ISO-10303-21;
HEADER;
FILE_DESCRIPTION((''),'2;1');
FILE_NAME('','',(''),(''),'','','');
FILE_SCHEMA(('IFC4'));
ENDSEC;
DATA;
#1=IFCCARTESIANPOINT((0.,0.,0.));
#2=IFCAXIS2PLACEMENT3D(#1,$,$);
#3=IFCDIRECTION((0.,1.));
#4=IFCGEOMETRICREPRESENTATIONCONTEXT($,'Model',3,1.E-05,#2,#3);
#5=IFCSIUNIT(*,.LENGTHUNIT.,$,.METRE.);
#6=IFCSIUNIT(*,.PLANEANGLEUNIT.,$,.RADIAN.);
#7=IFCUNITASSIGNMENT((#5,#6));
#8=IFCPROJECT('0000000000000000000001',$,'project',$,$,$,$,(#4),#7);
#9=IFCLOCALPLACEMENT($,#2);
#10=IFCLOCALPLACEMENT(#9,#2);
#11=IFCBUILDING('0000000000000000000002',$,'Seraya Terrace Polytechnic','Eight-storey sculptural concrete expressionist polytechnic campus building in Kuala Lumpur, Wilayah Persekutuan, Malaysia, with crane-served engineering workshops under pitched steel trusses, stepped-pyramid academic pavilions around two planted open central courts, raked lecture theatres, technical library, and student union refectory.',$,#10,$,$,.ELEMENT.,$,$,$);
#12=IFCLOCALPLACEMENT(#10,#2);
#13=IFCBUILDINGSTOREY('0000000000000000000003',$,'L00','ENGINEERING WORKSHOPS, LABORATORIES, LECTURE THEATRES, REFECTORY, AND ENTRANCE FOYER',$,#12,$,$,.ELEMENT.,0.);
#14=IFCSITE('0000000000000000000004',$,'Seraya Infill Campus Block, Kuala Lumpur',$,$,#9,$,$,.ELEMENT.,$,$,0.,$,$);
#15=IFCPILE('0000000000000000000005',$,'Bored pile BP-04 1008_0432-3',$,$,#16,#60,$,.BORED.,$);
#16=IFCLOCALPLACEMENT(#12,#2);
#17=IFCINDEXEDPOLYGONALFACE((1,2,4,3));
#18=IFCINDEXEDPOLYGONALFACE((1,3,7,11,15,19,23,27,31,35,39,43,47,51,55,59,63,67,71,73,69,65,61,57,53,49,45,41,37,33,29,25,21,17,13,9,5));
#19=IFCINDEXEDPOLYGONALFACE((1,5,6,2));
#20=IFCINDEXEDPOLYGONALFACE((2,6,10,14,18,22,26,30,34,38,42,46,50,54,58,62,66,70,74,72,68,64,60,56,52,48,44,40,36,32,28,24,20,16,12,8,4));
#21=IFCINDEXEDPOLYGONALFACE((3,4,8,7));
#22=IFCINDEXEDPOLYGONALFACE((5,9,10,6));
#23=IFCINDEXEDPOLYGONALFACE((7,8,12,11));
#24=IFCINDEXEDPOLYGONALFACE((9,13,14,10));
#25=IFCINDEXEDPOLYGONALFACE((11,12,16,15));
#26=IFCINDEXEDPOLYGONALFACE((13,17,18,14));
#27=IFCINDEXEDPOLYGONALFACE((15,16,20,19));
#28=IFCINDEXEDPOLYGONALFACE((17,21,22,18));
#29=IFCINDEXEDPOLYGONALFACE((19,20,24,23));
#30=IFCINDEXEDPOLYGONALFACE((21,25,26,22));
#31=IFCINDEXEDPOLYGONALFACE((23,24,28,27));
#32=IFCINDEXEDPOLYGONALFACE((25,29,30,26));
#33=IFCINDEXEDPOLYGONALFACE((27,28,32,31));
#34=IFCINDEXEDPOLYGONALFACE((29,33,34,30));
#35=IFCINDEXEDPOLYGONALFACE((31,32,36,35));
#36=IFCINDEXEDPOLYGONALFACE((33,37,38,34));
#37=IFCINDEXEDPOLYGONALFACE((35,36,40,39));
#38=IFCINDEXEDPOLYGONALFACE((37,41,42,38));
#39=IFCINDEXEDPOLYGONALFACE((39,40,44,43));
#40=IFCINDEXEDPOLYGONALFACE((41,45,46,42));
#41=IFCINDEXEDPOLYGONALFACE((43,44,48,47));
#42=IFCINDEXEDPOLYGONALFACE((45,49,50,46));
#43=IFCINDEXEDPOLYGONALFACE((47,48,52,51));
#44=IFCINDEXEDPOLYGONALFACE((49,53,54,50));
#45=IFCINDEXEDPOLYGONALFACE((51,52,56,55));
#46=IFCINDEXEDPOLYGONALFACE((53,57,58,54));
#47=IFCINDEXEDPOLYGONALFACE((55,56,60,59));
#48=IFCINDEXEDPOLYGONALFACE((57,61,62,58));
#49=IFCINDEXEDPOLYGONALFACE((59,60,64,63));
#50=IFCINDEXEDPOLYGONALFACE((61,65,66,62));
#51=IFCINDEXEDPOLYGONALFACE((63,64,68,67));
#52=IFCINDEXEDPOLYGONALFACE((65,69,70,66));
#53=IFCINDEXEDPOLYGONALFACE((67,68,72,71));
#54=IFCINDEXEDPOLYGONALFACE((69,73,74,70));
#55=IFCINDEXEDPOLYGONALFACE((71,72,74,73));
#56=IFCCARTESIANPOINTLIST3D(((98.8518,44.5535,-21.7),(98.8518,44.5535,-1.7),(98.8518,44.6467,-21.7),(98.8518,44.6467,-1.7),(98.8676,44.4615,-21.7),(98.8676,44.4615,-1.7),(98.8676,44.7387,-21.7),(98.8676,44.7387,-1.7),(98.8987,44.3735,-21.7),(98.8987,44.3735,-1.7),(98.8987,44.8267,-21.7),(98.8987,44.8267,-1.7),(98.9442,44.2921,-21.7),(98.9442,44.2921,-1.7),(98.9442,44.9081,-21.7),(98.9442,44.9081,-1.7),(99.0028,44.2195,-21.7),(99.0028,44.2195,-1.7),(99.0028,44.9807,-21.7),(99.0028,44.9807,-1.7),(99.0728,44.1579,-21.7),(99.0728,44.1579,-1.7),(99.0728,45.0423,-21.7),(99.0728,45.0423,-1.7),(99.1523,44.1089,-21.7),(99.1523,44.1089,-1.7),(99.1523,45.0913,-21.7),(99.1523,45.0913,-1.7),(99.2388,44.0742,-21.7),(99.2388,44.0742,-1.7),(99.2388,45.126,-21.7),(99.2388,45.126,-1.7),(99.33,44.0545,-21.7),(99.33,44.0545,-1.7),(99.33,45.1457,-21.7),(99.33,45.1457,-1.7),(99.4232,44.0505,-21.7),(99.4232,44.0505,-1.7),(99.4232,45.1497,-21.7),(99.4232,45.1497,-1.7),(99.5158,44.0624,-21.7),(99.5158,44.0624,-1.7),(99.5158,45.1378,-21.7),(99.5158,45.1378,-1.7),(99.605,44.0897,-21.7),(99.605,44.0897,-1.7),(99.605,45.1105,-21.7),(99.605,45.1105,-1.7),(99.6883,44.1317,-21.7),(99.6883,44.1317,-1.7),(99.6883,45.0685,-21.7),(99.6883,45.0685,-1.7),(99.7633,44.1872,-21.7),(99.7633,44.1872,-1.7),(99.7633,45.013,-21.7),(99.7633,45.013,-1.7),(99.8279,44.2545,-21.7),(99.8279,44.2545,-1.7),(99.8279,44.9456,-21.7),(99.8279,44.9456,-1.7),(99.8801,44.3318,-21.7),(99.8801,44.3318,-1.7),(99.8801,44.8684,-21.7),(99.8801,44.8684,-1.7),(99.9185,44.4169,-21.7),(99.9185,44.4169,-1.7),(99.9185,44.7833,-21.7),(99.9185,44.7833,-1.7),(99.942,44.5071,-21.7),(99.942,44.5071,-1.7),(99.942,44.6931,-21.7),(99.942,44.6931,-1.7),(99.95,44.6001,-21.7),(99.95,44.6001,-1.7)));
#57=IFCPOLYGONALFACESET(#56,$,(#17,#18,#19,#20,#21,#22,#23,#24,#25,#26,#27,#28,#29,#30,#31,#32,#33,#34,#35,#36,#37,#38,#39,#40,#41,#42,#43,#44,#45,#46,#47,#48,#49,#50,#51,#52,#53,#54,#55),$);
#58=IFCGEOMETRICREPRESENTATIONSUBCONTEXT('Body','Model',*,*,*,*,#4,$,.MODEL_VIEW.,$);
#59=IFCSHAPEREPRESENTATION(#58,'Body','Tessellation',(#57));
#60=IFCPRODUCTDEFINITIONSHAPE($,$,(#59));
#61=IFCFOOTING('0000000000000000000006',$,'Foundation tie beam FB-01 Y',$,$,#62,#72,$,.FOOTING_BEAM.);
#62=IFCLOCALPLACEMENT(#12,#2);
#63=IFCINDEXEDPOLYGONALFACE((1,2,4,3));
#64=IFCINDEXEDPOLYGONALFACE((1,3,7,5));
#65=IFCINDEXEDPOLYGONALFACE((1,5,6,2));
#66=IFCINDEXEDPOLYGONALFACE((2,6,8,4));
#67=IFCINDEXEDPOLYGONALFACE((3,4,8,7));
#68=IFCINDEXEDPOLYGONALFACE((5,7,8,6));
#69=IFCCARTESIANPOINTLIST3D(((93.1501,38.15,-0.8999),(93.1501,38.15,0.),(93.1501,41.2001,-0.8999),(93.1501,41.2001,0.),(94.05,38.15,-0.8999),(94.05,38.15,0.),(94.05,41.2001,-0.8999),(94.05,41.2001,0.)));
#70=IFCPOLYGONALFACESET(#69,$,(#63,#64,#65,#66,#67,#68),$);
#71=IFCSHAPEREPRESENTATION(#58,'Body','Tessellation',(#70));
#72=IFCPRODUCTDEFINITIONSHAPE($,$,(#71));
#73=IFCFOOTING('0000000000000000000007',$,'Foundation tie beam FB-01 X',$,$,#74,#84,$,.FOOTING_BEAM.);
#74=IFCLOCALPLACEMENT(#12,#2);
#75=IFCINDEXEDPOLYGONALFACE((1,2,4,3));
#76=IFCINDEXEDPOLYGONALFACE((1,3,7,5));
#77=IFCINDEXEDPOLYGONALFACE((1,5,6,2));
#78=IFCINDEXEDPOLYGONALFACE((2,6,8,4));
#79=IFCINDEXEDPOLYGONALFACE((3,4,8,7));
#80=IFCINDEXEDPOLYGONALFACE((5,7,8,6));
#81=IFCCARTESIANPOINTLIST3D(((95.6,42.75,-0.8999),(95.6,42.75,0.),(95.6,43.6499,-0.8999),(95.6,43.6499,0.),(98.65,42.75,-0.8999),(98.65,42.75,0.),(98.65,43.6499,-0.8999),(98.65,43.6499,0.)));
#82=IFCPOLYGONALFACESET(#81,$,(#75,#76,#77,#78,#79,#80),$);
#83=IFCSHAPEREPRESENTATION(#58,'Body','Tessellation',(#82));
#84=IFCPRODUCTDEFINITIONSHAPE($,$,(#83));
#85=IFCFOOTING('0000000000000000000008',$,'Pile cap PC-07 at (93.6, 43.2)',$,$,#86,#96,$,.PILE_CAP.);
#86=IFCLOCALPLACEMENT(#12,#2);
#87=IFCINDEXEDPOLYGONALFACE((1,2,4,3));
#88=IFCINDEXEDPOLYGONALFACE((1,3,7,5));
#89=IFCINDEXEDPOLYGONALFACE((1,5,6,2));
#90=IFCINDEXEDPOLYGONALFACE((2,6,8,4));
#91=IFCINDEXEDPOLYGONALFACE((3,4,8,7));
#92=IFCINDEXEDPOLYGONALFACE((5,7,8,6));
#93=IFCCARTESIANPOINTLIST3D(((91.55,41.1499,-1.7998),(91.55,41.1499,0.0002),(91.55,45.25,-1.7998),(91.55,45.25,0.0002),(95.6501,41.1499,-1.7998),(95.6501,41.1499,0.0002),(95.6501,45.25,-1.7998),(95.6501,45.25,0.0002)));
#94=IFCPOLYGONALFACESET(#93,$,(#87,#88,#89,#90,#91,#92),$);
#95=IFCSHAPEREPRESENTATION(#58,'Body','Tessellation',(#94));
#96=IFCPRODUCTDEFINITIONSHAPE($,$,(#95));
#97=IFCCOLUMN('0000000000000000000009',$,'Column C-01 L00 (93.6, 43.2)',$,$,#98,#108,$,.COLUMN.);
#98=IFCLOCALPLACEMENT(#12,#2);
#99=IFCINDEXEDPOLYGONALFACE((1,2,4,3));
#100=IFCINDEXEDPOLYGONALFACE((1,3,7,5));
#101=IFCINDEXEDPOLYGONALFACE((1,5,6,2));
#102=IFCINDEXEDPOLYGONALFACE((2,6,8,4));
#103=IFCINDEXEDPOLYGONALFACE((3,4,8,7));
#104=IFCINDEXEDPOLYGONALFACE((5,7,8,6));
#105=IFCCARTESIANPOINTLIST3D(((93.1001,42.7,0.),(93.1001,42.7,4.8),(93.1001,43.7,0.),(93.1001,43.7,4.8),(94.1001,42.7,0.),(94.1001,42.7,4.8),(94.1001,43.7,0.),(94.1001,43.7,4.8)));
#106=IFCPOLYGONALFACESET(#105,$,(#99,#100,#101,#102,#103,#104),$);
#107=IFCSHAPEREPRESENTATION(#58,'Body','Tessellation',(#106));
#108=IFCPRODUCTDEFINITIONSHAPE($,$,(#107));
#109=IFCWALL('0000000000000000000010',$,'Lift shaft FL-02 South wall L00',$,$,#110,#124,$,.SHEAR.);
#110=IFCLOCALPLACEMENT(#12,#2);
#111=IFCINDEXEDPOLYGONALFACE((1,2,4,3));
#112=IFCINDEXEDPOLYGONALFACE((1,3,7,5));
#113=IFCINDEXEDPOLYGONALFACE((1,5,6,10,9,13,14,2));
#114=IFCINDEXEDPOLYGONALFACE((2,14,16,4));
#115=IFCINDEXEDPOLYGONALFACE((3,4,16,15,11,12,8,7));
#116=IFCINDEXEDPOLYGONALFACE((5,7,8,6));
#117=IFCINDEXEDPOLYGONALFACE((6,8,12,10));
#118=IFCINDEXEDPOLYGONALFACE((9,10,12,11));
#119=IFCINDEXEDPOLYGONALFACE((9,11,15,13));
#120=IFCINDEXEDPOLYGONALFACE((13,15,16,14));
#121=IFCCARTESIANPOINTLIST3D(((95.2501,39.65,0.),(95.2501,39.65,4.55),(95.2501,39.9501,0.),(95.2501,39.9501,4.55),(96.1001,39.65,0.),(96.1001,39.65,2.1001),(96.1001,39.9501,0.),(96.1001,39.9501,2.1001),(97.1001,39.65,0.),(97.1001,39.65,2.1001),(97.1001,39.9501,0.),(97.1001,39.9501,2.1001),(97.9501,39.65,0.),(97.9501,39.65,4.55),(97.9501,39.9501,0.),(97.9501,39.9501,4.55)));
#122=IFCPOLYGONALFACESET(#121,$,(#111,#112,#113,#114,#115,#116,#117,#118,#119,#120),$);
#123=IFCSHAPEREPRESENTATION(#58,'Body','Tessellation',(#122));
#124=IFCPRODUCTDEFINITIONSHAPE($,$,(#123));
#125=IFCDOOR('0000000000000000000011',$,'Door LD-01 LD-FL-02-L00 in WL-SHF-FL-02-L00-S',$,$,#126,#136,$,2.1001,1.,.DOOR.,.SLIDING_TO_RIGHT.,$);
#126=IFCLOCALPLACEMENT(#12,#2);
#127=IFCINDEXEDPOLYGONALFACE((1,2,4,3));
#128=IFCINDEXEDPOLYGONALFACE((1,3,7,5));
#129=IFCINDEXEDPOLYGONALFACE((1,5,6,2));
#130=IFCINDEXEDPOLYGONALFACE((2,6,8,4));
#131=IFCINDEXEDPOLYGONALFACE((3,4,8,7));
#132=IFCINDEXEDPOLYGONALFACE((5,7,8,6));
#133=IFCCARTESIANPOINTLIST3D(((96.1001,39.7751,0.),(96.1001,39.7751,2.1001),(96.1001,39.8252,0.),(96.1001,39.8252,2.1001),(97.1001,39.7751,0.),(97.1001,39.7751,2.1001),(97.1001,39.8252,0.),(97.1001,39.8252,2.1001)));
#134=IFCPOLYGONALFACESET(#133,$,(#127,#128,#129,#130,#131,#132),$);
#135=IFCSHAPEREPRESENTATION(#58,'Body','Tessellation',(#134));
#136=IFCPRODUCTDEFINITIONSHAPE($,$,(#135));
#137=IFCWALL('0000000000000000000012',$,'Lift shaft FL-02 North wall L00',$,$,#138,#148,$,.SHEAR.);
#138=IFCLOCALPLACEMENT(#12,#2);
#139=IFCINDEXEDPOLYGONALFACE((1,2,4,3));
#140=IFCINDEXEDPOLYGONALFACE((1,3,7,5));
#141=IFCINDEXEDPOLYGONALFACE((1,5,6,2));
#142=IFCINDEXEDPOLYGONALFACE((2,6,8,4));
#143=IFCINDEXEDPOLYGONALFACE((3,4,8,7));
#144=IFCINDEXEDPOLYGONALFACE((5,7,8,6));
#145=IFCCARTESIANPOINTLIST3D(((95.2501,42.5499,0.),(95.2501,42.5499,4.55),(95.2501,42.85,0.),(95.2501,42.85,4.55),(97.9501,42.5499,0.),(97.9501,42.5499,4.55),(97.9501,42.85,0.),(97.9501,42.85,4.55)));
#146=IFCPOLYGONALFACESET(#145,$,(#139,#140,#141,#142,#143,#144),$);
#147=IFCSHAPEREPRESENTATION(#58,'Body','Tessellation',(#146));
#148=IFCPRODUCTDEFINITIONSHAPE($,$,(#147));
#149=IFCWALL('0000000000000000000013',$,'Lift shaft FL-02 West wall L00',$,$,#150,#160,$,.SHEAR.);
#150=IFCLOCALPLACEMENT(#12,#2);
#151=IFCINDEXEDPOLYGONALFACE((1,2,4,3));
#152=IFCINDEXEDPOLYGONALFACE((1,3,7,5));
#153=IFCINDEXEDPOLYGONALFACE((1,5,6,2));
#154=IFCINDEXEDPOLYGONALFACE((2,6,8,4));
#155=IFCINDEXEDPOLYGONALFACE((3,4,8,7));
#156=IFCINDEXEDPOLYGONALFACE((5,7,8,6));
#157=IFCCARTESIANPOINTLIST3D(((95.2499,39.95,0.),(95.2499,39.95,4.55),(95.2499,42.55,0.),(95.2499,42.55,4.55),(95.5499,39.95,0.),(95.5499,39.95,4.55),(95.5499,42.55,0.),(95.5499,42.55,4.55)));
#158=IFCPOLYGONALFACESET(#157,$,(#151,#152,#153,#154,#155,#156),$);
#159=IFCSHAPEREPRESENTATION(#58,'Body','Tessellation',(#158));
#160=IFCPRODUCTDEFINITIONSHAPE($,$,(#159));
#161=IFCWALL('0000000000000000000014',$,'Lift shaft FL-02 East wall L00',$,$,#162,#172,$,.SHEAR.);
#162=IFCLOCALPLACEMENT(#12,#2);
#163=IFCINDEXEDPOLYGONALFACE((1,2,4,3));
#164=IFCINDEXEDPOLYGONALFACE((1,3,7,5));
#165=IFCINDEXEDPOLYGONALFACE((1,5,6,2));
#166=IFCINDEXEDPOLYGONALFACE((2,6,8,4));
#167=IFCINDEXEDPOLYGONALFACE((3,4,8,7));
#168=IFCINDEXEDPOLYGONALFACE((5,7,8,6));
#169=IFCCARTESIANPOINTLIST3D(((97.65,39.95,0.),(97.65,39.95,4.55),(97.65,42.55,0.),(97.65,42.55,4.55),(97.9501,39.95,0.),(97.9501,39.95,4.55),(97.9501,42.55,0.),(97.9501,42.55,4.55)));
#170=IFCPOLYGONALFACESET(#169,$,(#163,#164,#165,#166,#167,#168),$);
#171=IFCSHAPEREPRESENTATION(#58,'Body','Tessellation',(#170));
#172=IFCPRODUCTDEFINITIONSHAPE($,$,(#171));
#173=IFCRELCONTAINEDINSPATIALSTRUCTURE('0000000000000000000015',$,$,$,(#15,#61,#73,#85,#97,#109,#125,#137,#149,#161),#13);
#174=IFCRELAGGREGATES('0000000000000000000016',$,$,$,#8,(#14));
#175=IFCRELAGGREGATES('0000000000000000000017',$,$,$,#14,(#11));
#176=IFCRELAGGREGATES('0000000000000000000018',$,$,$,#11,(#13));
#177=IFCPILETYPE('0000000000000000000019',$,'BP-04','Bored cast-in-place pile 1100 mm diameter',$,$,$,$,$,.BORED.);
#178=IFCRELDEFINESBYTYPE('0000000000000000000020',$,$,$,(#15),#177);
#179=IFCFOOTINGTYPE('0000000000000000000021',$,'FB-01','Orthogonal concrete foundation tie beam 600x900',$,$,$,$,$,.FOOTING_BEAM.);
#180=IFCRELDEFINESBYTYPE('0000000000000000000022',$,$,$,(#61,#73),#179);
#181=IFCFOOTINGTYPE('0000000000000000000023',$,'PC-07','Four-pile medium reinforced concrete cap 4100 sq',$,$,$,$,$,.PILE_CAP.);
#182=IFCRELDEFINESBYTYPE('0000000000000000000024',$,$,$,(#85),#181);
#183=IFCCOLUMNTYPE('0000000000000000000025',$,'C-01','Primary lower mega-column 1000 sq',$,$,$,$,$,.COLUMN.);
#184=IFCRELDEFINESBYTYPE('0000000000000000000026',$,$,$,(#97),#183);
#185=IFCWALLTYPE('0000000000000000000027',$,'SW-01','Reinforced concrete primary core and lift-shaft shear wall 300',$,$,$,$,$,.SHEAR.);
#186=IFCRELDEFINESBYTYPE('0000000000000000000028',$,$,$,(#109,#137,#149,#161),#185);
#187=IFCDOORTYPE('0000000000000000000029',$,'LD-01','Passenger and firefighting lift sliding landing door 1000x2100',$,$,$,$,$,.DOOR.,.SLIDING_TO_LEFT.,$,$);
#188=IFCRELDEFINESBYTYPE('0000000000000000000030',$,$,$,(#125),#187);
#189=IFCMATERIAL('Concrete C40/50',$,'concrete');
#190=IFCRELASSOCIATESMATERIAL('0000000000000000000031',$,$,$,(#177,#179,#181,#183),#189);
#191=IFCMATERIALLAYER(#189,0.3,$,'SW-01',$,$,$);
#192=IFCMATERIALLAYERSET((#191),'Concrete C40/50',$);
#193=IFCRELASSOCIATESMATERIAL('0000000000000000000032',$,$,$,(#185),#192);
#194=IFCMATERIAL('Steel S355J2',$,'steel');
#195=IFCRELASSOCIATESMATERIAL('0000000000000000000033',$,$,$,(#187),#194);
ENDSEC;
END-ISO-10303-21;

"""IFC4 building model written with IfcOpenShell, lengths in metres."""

from ifc_helpers import new_model, si_unit, direction, frame, frame_2d, origin, origin_2d, place, context, subcontext, project, spatial, rectangle, circle, extrude, material, layer, layer_set, material_profile, profile_set, type_object, element, fill, save


model = new_model("IFC4")

# Units and contexts
model_context = context("Model", 3, precision=1e-05, world=origin(), true_north=direction((0.0, 1.0)))
body_context = subcontext(model_context, "Body", "Model", "MODEL_VIEW")
ifc_project = project(units=[si_unit("LENGTHUNIT", "METRE"), si_unit("PLANEANGLEUNIT", "RADIAN")], contexts=[model_context])

# Site, building, storey
site_placement = place(None, origin())
site = spatial("IfcSite", under=ifc_project, at=site_placement, Name="Seraya Infill Campus Block, Kuala Lumpur", CompositionType="ELEMENT", RefElevation=0.0)
building_placement = place(site_placement, origin())
building = spatial("IfcBuilding", under=site, at=building_placement, Name="Seraya Terrace Polytechnic", Description="Eight-storey sculptural concrete expressionist polytechnic campus building in Kuala Lumpur, Wilayah Persekutuan, Malaysia, with crane-served engineering workshops under pitched steel trusses, stepped-pyramid academic pavilions around two planted open central courts, raked lecture theatres, technical library, and student union refectory.", CompositionType="ELEMENT")
storey_placement = place(building_placement, origin())
storey = spatial("IfcBuildingStorey", under=building, at=storey_placement, Name="L00", Description="ENGINEERING WORKSHOPS, LABORATORIES, LECTURE THEATRES, REFECTORY, AND ENTRANCE FOYER", CompositionType="ELEMENT", Elevation=0.0)

# Pile
ifc_material_1 = material(Name="Concrete C40/50", Category="concrete")
ifc_material_profile_1 = material_profile(ifc_material_1, circle(Radius=0.55, at=origin_2d()), Name="DIA 1100")
ifc_profile_set_1 = profile_set([ifc_material_profile_1], Name="Concrete C40/50")
pile_type_1 = type_object("IfcPileType", Name="BP-04", Description="Bored cast-in-place pile 1100 mm diameter", PredefinedType="BORED", material=ifc_profile_set_1)
for number, where, z_axis, x_axis, name in (
    (1, (99.3999, 44.6001, -1.7), (0.0, 0.0, -1.0), (1.0, 0.0, 0.0), "Bored pile BP-04 1008_0432-3"),
):
    element("IfcPile", number, at=place(storey_placement, frame(where, z_axis=z_axis, x_axis=x_axis)), inside=storey, type_object=pile_type_1, Name=name, PredefinedType="BORED", context=body_context, shape_type="SweptSolid", body=[
        extrude(circle(Radius=0.55, at=origin_2d()), origin(), (0.0, 0.0, 1.0), 20.0),
    ])

# Footings
footing_type_1 = type_object("IfcFootingType", Name="FB-01", Description="Orthogonal concrete foundation tie beam 600x900", PredefinedType="FOOTING_BEAM", material=ifc_material_1)
for number, where, z_axis, x_axis, name in (
    (2, (93.6001, 39.675, -0.8999), (0.0, 0.0, 1.0), (0.0, 1.0, 0.0), "Foundation tie beam FB-01 Y"),
    (3, (97.125, 43.2, -0.8999), (0.0, 0.0, 1.0), (1.0, 0.0, 0.0), "Foundation tie beam FB-01 X"),
):
    element("IfcFooting", number, at=place(storey_placement, frame(where, z_axis=z_axis, x_axis=x_axis)), inside=storey, type_object=footing_type_1, Name=name, PredefinedType="FOOTING_BEAM", context=body_context, shape_type="SweptSolid", body=[
        extrude(rectangle(XDim=3.05, YDim=0.8999, at=origin_2d()), origin(), (0.0, 0.0, 1.0), 0.8999),
    ])
footing_type_2 = type_object("IfcFootingType", Name="PC-07", Description="Four-pile medium reinforced concrete cap 4100 sq", PredefinedType="PILE_CAP", material=ifc_material_1)
footing_placement = place(storey_placement, frame((93.6001, 43.2, -1.7998), z_axis=(0.0, 0.0, 1.0), x_axis=(1.0, 0.0, 0.0)))
element("IfcFooting", 4, at=footing_placement, inside=storey, type_object=footing_type_2, Name="Pile cap PC-07 at (93.6, 43.2)", PredefinedType="PILE_CAP", context=body_context, shape_type="SweptSolid", body=[
    extrude(rectangle(XDim=4.1001, YDim=4.1001, at=origin_2d()), origin(), (0.0, 0.0, 1.0), 1.8),
])

# Column
ifc_material_profile_2 = material_profile(ifc_material_1, rectangle(XDim=1.0, YDim=1.0, at=origin_2d()), Name="RC 1000x1000")
ifc_profile_set_2 = profile_set([ifc_material_profile_2], Name="Concrete C40/50")
column_type = type_object("IfcColumnType", Name="C-01", Description="Primary lower mega-column 1000 sq", PredefinedType="COLUMN", material=ifc_profile_set_2)
column_placement = place(storey_placement, frame((93.6001, 43.2, 0.0), z_axis=(0.0, 0.0, 1.0), x_axis=(1.0, 0.0, 0.0)))
element("IfcColumn", 5, at=column_placement, inside=storey, type_object=column_type, Name="Column C-01 L00 (93.6, 43.2)", PredefinedType="COLUMN", context=body_context, shape_type="SweptSolid", body=[
    extrude(rectangle(XDim=1.0, YDim=1.0, at=origin_2d()), origin(), (0.0, 0.0, 1.0), 4.8),
])

# Wall, opening, door
ifc_layer_1 = layer(ifc_material_1, 0.3, Name="SW-01")
ifc_layer_set_1 = layer_set([ifc_layer_1], Name="Concrete C40/50")
wall_type_1 = type_object("IfcWallType", Name="SW-01", Description="Reinforced concrete primary core and lift-shaft shear wall 300", PredefinedType="SHEAR", material=ifc_layer_set_1)
wall_1_placement = place(storey_placement, frame((95.25, 39.8, 0.0), z_axis=(0.0, 0.0, 1.0), x_axis=(1.0, 0.0, 0.0)))
wall_1 = element("IfcWall", 6, at=wall_1_placement, inside=storey, type_object=wall_type_1, Name="Lift shaft FL-02 South wall L00", PredefinedType="SHEAR", context=body_context, shape_type="SweptSolid", body=[
    extrude(rectangle(XDim=2.7, YDim=0.3, at=frame_2d((1.3501, 0.0))), origin(), (0.0, 0.0, 1.0), 4.55),
])
opening_1_placement = place(wall_1_placement, frame((0.8501, 0.0, 0.0)))
opening_1 = element("IfcOpeningElement", 7, at=opening_1_placement, cuts=wall_1, PredefinedType="OPENING", context=body_context, shape_type="SweptSolid", body=[
    extrude(rectangle(XDim=1.0, YDim=2.1001, at=frame_2d((0.5, 1.05))), frame((0.0, 0.1621, 0.0), z_axis=(0.0, -1.0, 0.0), x_axis=(1.0, 0.0, 0.0)), (0.0, 0.0, 1.0), 0.324),
])
ifc_material_2 = material(Name="Steel S355J2", Category="steel")
door_type = type_object("IfcDoorType", Name="LD-01", Description="Passenger and firefighting lift sliding landing door 1000x2100", OperationType="SLIDING_TO_LEFT", PredefinedType="DOOR", material=ifc_material_2)
door_1_placement = place(opening_1_placement, frame((1.0, 0.0, 0.0), z_axis=(0.0, 0.0, 1.0), x_axis=(-1.0, 0.0, 0.0)))
door_1 = element("IfcDoor", 8, at=door_1_placement, inside=storey, type_object=door_type, Name="Door LD-01 LD-FL-02-L00 in WL-SHF-FL-02-L00-S", OperationType="SLIDING_TO_RIGHT", OverallHeight=2.1001, OverallWidth=1.0, PredefinedType="DOOR", context=body_context, shape_type="SweptSolid", body=[
    extrude(rectangle(XDim=1.0, YDim=2.1001, at=frame_2d((0.5, 1.05))), frame((0.0, 0.0249, 0.0), z_axis=(0.0, -1.0, 0.0), x_axis=(1.0, 0.0, 0.0)), (0.0, 0.0, 1.0), 0.05),
])
fill(opening_1, door_1)

# Walls
wall_2_placement = place(storey_placement, frame((95.25, 42.7, 0.0), z_axis=(0.0, 0.0, 1.0), x_axis=(1.0, 0.0, 0.0)))
element("IfcWall", 9, at=wall_2_placement, inside=storey, type_object=wall_type_1, Name="Lift shaft FL-02 North wall L00", PredefinedType="SHEAR", context=body_context, shape_type="SweptSolid", body=[
    extrude(rectangle(XDim=2.7, YDim=0.3, at=frame_2d((1.3501, 0.0))), origin(), (0.0, 0.0, 1.0), 4.55),
])
for number, where, z_axis, x_axis, name in (
    (10, (95.3999, 39.95, 0.0), (0.0, 0.0, 1.0), (0.0, 1.0, 0.0), "Lift shaft FL-02 West wall L00"),
    (11, (97.8, 39.95, 0.0), (0.0, 0.0, 1.0), (0.0, 1.0, 0.0), "Lift shaft FL-02 East wall L00"),
):
    element("IfcWall", number, at=place(storey_placement, frame(where, z_axis=z_axis, x_axis=x_axis)), inside=storey, type_object=wall_type_1, Name=name, PredefinedType="SHEAR", context=body_context, shape_type="SweptSolid", body=[
        extrude(rectangle(XDim=2.6001, YDim=0.3, at=frame_2d((1.3, 0.0))), origin(), (0.0, 0.0, 1.0), 4.55),
    ])

save(model, "model.ifc")
